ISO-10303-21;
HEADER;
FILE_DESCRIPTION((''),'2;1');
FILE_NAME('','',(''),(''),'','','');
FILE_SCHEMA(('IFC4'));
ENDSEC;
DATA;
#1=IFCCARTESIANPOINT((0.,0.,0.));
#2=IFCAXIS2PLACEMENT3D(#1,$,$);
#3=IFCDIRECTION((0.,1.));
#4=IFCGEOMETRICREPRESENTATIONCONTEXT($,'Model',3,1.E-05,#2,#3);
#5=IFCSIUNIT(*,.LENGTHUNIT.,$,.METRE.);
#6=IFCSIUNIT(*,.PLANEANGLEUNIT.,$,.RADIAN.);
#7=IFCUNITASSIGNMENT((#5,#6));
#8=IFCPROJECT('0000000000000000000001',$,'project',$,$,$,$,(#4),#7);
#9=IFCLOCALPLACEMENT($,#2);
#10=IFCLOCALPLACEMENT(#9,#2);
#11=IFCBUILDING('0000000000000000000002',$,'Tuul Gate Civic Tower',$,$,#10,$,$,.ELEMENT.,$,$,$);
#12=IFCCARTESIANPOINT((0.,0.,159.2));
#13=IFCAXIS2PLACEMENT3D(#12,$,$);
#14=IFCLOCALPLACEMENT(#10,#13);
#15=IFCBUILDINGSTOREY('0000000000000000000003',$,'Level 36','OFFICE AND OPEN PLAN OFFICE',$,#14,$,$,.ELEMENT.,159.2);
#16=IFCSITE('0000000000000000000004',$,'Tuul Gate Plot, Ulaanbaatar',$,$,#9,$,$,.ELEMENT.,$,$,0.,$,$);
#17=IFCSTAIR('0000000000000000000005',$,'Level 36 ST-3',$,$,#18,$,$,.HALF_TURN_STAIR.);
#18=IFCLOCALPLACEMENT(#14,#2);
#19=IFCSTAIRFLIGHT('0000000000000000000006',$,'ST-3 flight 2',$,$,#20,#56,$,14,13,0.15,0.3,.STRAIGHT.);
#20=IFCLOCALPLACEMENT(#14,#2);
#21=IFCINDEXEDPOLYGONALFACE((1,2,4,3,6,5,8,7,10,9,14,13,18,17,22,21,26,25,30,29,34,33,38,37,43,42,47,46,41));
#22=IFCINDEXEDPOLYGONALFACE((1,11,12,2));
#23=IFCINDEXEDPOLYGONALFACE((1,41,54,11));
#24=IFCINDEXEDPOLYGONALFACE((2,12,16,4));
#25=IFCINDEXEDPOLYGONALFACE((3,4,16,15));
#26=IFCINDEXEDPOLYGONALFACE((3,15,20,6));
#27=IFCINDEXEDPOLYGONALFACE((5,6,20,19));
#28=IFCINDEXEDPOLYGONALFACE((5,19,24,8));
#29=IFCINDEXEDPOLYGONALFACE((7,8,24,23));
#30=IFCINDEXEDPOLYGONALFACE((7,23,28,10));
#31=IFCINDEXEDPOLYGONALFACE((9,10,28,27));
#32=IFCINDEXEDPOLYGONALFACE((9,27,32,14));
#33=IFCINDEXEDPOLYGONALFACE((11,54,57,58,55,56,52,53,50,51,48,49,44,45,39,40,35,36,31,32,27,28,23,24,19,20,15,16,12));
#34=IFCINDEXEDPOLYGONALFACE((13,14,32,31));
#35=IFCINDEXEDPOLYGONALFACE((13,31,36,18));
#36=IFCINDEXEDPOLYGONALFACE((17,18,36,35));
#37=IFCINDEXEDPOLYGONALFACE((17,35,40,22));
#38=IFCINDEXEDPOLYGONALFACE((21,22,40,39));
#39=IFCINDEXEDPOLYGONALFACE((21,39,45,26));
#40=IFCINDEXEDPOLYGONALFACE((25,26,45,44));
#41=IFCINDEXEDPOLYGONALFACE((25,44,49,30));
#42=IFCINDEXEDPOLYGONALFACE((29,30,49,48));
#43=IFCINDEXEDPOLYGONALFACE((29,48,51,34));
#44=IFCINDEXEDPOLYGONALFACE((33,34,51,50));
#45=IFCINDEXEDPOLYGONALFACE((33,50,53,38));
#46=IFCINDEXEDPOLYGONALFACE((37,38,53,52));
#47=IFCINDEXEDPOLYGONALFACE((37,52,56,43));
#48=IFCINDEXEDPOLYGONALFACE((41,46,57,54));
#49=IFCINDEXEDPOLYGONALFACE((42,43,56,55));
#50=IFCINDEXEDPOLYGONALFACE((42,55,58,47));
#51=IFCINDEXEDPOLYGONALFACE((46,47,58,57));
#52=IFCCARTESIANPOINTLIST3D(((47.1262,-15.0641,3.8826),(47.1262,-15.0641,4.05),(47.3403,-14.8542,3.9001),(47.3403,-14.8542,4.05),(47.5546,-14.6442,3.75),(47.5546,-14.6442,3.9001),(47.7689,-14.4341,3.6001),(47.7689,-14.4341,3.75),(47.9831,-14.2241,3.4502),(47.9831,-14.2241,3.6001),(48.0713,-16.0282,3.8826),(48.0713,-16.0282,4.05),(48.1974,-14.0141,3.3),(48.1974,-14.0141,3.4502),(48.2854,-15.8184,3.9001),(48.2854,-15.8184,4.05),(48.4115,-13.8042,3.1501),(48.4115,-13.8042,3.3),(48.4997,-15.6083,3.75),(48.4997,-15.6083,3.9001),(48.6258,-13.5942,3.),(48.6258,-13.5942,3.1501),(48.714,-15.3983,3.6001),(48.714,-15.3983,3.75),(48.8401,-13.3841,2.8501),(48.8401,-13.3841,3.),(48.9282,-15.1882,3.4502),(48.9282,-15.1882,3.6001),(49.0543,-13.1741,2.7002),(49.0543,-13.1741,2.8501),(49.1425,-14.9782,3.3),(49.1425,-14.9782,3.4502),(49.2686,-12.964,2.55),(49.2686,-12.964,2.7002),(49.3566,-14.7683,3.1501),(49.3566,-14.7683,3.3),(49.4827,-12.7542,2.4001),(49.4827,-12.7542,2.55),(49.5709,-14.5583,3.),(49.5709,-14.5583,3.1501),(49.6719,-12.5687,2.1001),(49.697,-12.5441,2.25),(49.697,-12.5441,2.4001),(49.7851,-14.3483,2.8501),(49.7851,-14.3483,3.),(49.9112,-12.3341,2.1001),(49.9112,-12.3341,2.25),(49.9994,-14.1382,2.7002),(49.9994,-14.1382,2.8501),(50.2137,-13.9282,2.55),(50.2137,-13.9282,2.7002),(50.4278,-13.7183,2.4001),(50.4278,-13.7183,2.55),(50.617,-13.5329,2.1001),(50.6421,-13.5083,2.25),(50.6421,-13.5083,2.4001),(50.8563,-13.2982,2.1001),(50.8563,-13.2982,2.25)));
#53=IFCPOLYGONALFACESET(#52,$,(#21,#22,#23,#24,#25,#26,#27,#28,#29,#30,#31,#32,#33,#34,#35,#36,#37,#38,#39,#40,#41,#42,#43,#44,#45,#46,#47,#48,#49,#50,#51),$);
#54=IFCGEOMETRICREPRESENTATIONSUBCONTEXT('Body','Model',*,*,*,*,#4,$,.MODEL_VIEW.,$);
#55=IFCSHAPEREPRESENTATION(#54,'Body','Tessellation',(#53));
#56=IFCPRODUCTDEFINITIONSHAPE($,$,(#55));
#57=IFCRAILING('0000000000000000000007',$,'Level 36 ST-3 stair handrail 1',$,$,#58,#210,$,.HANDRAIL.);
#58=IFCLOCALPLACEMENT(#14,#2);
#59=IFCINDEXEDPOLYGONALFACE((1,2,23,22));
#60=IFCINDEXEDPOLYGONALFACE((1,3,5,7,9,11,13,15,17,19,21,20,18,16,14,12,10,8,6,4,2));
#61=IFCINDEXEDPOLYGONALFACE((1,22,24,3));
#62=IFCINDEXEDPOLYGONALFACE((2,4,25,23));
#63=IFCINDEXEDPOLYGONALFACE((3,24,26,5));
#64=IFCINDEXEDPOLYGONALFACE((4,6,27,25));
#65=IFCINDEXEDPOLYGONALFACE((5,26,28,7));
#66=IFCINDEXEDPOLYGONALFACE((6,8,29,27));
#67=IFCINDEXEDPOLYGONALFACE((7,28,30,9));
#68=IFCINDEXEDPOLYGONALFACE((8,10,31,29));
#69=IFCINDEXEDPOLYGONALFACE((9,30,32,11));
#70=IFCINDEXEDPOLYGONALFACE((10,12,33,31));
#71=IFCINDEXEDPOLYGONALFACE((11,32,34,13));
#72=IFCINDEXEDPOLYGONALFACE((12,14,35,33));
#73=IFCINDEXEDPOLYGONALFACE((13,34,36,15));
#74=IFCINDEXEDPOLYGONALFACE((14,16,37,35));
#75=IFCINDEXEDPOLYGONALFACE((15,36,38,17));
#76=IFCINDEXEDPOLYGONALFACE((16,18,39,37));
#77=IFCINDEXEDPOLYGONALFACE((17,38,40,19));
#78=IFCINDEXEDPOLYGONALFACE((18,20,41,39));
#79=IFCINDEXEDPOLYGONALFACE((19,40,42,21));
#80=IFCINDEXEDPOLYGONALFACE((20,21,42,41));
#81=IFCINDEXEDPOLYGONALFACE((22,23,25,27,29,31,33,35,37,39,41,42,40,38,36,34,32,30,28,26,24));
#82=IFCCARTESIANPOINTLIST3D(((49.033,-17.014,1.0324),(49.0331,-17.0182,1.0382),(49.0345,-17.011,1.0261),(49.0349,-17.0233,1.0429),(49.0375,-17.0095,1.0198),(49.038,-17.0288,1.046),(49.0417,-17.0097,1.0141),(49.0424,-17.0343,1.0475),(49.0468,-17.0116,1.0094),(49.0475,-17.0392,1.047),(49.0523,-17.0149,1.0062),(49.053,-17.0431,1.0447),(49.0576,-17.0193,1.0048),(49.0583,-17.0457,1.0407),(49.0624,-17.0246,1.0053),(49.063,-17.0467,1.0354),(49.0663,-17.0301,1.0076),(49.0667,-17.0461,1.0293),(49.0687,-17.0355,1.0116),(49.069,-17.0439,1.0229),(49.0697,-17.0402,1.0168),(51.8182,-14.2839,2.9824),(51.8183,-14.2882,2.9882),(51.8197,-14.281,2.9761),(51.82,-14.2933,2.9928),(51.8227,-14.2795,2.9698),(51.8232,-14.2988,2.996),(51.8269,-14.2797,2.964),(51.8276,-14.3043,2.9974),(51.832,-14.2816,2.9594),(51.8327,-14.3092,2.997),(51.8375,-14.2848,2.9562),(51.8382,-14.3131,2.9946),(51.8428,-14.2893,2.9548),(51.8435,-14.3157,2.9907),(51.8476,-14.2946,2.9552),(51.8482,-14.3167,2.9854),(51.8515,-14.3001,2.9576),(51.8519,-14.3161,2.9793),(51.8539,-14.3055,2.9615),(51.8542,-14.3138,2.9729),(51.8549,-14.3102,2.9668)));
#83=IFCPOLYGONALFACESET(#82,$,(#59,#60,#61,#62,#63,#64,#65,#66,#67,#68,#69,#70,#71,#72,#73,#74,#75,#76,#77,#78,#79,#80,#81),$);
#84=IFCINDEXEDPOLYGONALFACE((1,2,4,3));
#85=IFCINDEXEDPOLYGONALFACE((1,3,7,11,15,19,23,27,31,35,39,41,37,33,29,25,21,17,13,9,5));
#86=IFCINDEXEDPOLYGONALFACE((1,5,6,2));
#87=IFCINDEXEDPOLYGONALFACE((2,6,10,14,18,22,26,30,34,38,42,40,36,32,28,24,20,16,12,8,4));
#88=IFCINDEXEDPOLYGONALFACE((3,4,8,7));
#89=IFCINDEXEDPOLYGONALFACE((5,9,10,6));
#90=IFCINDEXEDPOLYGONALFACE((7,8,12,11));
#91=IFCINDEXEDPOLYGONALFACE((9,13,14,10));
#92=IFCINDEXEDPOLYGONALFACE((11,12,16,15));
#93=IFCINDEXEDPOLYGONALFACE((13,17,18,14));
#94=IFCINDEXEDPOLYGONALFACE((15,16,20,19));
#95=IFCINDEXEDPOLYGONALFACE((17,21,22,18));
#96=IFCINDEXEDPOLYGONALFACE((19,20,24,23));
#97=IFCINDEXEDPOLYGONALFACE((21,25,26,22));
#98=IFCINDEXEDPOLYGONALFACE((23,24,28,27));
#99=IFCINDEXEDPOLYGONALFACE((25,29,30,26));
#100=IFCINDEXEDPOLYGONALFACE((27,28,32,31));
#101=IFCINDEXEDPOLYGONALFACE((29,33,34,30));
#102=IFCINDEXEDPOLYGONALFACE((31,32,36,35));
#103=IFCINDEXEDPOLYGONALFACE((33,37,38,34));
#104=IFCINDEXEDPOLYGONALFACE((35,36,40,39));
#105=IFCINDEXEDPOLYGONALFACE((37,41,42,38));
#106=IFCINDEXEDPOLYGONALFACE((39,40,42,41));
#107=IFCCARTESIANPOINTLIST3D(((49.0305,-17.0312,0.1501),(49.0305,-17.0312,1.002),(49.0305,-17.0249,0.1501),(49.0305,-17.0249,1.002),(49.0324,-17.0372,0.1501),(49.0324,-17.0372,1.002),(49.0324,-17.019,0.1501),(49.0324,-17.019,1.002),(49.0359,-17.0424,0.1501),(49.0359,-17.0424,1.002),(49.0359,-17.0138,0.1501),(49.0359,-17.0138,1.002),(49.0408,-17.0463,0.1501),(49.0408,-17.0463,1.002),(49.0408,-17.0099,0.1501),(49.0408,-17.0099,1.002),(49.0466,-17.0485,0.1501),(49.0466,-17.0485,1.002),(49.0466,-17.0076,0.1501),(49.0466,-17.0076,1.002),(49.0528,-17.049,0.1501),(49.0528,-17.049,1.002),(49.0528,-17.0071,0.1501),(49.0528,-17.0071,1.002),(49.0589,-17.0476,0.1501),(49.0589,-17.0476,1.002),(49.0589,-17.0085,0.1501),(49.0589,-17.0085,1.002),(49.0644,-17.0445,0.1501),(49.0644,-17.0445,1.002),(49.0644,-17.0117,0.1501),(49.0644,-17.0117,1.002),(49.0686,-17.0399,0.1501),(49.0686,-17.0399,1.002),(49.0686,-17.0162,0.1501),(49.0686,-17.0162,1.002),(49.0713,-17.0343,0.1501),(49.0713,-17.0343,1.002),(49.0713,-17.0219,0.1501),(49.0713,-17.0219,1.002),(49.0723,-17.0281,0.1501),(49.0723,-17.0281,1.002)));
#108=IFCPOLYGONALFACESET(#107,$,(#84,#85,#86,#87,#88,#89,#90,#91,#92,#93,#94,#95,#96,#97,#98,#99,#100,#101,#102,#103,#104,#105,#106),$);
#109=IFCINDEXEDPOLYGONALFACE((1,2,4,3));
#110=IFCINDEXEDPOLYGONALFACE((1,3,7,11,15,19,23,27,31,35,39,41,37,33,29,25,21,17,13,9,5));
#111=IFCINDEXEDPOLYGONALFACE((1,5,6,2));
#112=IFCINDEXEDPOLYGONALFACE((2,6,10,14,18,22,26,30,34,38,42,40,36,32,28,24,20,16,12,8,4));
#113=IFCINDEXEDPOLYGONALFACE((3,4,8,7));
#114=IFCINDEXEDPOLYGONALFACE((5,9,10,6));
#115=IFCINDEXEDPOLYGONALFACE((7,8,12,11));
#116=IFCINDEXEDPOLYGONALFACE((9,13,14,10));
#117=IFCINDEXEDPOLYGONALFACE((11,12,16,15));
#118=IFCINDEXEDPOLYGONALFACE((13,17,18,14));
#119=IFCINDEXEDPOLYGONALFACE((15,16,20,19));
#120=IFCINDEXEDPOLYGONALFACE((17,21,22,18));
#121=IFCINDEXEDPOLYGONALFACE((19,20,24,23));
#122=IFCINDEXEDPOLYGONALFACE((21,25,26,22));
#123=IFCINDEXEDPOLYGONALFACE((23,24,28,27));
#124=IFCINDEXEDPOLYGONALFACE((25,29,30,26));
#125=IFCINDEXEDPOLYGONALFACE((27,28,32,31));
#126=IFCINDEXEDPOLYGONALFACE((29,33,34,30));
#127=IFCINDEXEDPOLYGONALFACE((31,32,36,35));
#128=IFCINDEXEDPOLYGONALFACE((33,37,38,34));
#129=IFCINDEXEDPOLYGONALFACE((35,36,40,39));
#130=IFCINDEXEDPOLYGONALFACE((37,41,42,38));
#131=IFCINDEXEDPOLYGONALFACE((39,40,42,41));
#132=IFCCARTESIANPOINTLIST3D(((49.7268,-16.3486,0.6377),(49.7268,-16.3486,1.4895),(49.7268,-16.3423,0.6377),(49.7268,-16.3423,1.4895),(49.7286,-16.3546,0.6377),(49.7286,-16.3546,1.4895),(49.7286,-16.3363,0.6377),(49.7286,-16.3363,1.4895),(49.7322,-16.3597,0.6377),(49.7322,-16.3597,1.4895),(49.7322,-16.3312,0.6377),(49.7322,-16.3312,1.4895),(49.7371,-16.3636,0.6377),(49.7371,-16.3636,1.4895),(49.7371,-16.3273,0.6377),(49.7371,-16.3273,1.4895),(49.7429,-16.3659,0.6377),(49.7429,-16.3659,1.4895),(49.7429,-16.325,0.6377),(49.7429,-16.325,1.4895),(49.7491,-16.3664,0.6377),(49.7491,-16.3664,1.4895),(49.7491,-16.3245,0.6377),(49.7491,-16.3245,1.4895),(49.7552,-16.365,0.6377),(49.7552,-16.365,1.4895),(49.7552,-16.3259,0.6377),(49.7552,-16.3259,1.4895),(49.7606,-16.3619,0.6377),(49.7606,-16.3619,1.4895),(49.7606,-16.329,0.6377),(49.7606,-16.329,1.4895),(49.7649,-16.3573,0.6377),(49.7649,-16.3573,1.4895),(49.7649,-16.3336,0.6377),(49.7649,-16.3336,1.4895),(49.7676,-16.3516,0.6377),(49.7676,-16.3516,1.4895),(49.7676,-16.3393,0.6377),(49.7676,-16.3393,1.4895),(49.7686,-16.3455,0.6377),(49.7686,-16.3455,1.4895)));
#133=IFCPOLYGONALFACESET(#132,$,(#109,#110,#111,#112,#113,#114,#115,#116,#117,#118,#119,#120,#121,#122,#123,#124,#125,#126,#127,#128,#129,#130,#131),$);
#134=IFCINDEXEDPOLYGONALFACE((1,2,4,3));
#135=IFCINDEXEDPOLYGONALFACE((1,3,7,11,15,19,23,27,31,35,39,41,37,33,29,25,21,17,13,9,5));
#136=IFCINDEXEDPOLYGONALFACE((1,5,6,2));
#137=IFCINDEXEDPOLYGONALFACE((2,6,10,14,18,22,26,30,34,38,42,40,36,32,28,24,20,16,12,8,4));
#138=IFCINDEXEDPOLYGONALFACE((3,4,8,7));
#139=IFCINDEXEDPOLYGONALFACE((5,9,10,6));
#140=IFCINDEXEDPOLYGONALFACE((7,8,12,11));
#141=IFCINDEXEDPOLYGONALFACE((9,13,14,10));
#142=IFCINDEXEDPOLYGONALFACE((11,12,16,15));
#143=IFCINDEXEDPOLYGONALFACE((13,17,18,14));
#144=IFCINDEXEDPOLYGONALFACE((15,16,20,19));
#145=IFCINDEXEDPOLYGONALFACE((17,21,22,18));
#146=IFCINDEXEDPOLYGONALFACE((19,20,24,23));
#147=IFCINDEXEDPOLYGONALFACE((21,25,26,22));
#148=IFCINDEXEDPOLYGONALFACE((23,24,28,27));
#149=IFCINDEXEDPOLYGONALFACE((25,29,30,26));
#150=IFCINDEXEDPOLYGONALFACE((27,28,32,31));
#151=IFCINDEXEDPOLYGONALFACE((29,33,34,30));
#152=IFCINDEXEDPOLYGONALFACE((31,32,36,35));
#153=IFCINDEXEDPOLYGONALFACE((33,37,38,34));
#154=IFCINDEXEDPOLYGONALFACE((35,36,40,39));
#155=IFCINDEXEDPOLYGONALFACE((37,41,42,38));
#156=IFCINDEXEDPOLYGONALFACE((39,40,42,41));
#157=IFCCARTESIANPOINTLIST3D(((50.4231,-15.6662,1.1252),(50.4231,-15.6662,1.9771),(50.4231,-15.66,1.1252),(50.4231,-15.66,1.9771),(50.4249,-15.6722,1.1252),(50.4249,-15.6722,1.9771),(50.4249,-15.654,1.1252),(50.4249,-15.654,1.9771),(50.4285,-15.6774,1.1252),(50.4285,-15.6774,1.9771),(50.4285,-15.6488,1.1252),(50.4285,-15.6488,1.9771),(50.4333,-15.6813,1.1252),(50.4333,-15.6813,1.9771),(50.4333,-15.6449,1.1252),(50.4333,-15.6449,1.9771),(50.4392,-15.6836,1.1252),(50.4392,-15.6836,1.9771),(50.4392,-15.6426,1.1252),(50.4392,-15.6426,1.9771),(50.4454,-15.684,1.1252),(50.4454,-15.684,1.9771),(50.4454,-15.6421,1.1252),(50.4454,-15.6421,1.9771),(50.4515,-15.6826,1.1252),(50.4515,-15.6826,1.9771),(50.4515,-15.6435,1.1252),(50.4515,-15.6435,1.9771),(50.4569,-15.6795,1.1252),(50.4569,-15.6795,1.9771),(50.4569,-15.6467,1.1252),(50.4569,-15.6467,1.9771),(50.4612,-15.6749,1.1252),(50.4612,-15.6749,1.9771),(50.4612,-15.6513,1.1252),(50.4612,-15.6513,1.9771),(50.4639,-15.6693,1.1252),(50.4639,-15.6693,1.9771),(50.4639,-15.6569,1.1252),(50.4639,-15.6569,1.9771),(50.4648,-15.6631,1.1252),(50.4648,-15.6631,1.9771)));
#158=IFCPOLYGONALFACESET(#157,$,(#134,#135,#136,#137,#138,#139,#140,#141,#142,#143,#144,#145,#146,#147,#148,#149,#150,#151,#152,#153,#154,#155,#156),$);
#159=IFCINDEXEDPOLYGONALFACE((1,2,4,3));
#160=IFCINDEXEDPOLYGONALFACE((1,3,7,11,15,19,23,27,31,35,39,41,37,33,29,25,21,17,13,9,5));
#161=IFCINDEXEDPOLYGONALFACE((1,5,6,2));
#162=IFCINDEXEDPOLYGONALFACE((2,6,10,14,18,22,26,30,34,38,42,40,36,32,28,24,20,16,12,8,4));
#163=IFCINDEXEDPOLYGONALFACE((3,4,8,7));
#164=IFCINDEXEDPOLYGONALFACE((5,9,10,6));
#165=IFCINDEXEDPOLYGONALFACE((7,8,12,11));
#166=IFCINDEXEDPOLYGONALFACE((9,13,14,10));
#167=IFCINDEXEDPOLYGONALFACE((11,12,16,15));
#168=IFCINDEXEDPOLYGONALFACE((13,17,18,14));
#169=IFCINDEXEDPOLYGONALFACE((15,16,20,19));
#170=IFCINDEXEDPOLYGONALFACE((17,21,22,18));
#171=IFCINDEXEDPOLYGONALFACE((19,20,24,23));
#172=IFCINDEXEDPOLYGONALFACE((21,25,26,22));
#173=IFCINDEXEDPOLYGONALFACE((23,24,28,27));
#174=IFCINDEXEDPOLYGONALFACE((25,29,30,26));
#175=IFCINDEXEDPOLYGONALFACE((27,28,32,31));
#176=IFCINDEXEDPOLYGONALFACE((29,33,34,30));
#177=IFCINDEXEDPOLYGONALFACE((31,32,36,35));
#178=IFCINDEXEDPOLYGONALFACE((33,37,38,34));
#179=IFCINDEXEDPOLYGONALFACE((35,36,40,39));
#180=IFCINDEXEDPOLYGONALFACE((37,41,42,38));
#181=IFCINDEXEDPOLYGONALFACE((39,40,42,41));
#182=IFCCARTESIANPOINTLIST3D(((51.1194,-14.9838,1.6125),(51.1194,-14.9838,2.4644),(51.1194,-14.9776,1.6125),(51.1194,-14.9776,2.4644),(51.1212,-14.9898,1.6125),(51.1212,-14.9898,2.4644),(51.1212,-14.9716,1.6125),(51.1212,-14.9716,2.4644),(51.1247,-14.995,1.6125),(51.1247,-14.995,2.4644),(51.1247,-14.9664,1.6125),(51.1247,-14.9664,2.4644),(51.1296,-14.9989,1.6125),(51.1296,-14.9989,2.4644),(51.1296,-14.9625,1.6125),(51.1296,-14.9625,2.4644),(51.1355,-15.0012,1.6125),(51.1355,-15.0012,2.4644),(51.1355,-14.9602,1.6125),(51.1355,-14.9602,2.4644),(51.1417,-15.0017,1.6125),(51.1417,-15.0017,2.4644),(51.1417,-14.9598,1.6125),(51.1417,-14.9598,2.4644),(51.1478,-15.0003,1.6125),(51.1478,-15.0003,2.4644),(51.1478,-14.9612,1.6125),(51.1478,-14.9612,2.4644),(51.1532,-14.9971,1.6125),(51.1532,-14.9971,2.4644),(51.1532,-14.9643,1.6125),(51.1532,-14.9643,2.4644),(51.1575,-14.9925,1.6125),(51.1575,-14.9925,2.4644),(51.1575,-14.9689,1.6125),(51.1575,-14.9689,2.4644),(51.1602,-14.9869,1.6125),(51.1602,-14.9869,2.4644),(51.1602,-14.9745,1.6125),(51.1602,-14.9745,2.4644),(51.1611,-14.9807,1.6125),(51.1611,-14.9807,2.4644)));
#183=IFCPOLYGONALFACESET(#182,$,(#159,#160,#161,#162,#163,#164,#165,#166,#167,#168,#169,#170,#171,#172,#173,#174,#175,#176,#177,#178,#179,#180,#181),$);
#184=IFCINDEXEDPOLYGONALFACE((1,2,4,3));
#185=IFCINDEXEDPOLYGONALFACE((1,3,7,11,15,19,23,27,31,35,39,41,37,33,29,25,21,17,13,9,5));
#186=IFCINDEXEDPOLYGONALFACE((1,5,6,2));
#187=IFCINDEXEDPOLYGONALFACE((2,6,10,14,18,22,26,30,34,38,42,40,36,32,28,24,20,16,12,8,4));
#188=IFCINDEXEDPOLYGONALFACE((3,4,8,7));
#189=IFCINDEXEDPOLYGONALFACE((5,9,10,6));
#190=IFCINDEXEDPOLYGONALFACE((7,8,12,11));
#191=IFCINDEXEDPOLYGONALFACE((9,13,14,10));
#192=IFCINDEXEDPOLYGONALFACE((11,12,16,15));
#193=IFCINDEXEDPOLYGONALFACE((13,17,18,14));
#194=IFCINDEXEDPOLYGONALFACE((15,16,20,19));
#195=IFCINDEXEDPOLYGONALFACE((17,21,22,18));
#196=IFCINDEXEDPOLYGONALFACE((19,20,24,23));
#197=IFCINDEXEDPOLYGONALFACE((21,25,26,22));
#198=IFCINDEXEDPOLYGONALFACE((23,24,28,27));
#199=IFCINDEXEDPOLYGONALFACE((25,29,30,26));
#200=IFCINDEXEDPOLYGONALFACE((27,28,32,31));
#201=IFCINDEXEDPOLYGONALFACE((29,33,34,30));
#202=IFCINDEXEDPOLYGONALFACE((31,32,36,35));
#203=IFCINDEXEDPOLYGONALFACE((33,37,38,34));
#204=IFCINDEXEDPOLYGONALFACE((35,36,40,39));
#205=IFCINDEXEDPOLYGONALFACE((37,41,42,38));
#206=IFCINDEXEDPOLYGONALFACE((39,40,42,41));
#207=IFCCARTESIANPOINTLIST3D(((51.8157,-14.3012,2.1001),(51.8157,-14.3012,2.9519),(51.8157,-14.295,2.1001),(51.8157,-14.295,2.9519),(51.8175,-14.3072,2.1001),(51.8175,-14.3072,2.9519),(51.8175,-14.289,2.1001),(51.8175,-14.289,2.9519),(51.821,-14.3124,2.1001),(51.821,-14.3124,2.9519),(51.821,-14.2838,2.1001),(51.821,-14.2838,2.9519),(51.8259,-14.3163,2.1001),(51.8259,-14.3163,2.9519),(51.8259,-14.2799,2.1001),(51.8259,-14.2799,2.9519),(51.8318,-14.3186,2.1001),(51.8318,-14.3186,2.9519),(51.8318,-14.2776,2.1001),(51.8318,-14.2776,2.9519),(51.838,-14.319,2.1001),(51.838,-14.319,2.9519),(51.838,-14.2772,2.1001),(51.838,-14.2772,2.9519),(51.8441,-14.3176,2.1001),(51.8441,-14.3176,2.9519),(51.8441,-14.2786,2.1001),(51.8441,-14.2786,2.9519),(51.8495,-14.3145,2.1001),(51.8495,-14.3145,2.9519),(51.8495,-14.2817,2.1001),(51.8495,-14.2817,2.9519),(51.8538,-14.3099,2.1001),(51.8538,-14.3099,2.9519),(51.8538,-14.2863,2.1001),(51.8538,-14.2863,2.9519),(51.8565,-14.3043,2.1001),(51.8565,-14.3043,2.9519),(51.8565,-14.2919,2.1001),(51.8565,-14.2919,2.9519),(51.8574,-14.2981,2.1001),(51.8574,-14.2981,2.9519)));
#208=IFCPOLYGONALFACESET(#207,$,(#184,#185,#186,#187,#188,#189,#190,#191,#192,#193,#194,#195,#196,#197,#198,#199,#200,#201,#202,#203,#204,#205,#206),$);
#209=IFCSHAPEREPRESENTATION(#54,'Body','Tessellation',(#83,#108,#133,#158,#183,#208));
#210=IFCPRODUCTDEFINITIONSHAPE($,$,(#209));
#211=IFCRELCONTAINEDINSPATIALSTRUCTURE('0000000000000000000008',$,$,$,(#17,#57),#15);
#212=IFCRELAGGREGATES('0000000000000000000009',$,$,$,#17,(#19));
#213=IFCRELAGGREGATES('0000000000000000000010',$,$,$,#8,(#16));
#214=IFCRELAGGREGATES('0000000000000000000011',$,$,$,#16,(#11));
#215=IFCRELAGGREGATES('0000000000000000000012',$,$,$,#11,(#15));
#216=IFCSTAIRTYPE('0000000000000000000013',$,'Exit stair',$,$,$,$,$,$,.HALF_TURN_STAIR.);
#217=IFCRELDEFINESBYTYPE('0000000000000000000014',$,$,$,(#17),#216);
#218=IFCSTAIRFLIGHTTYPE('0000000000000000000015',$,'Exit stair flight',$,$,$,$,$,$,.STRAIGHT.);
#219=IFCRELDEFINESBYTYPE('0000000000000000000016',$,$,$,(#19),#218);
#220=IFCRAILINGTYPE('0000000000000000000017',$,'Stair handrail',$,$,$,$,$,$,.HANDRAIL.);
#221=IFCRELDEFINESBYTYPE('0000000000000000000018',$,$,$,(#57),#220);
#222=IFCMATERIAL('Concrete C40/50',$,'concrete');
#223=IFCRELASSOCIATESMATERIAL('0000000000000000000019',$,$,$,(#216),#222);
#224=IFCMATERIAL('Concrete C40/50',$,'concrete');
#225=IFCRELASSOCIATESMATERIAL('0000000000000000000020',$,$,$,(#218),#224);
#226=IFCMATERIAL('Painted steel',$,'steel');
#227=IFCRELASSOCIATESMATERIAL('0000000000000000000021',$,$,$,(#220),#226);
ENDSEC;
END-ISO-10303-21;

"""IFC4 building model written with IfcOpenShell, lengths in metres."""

from ifc_helpers import new_model, si_unit, direction, frame, origin, origin_2d, place, context, subcontext, project, spatial, polyline, circle, outline, extrude, material, type_object, element, aggregate, save


model = new_model("IFC4")

# Units and contexts
model_context = context("Model", 3, precision=1e-05, world=origin(), true_north=direction((0.0, 1.0)))
body_context = subcontext(model_context, "Body", "Model", "MODEL_VIEW")
ifc_project = project(units=[si_unit("LENGTHUNIT", "METRE"), si_unit("PLANEANGLEUNIT", "RADIAN")], contexts=[model_context])

# Site, building, storey
site_placement = place(None, origin())
site = spatial("IfcSite", under=ifc_project, at=site_placement, Name="Tuul Gate Plot, Ulaanbaatar", CompositionType="ELEMENT", RefElevation=0.0)
building_placement = place(site_placement, origin())
building = spatial("IfcBuilding", under=site, at=building_placement, Name="Tuul Gate Civic Tower", CompositionType="ELEMENT")
storey_placement = place(building_placement, frame((0.0, 0.0, 159.2)))
storey = spatial("IfcBuildingStorey", under=building, at=storey_placement, Name="Level 36", Description="OFFICE AND OPEN PLAN OFFICE", CompositionType="ELEMENT", Elevation=159.2)

# Stair, stair flight
ifc_material_1 = material(Name="Concrete C40/50", Category="concrete")
stair_type = type_object("IfcStairType", Name="Exit stair", PredefinedType="HALF_TURN_STAIR", material=ifc_material_1)
stair_placement = place(storey_placement, origin())
stair = element("IfcStair", 1, at=stair_placement, inside=storey, type_object=stair_type, Name="Level 36 ST-3", PredefinedType="HALF_TURN_STAIR")
ifc_material_2 = material(Name="Concrete C40/50", Category="concrete")
stair_flight_type = type_object("IfcStairFlightType", Name="Exit stair flight", PredefinedType="STRAIGHT", material=ifc_material_2)
stair_flight_1_placement = place(storey_placement, frame((50.3838, -12.8162, 2.1001), z_axis=(0.0, 0.0, 1.0), x_axis=(-0.714127, -0.700016, 0.0)))
stair_flight_1 = element("IfcStairFlight", 2, at=stair_flight_1_placement, type_object=stair_flight_type, Name="ST-3 flight 2", NumberOfRisers=14, NumberOfTreads=13, PredefinedType="STRAIGHT", RiserHeight=0.15, TreadLength=0.3, context=body_context, shape_type="SweptSolid", body=[
    extrude(outline(polyline([(0.0, 0.0), (0.0, 0.1499), (0.3, 0.1499), (0.3, 0.3), (0.6001, 0.3), (0.6001, 0.45), (0.8999, 0.45), (0.8999, 0.6001), (1.2, 0.6001), (1.2, 0.75), (1.5, 0.75), (1.5, 0.8999), (1.8, 0.8999), (1.8, 1.05), (2.1001, 1.05), (2.1001, 1.2), (2.3999, 1.2), (2.3999, 1.3501), (2.7, 1.3501), (2.7, 1.5), (3.0, 1.5), (3.0, 1.6499), (3.3, 1.6499), (3.3, 1.8), (3.6001, 1.8), (3.6001, 1.95), (3.8999, 1.95), (3.8999, 2.1001), (3.8999, 1.7825), (0.3352, 0.0), (0.0, 0.0)])), frame((0.0, 0.675, 0.0), z_axis=(0.0, -1.0, 0.0), x_axis=(1.0, 0.0, 0.0)), (0.0, 0.0, 1.0), 1.3501),
])
aggregate(stair, [stair_flight_1])

# Railing
ifc_material_3 = material(Name="Painted steel", Category="steel")
railing_type_1 = type_object("IfcRailingType", Name="Stair handrail", PredefinedType="HANDRAIL", material=ifc_material_3)
railing_1_placement = place(storey_placement, frame((49.0513, -17.0281, 0.1501)))
element("IfcRailing", 3, at=railing_1_placement, inside=storey, type_object=railing_type_1, Name="Level 36 ST-3 stair handrail 1", PredefinedType="HANDRAIL", context=body_context, shape_type="SweptSolid", body=[
    extrude(circle(Radius=0.0239, at=origin_2d()), frame((0.0, 0.0, 0.876), z_axis=(0.638754, 0.6261, 0.447206), x_axis=(-0.699998, 0.714145, 0.0)), (0.0, 0.0, 1.0), 4.3604),
    extrude(circle(Radius=0.021, at=origin_2d()), origin(), (0.0, 0.0, 1.0), 0.8518),
    extrude(circle(Radius=0.021, at=origin_2d()), frame((0.6963, 0.6826, 0.4875)), (0.0, 0.0, 1.0), 0.8518),
    extrude(circle(Radius=0.021, at=origin_2d()), frame((1.3926, 1.365, 0.9751)), (0.0, 0.0, 1.0), 0.8518),
    extrude(circle(Radius=0.021, at=origin_2d()), frame((2.0889, 2.0474, 1.4624)), (0.0, 0.0, 1.0), 0.8518),
    extrude(circle(Radius=0.021, at=origin_2d()), frame((2.7852, 2.73, 1.95)), (0.0, 0.0, 1.0), 0.8518),
])

save(model, "model.ifc")
